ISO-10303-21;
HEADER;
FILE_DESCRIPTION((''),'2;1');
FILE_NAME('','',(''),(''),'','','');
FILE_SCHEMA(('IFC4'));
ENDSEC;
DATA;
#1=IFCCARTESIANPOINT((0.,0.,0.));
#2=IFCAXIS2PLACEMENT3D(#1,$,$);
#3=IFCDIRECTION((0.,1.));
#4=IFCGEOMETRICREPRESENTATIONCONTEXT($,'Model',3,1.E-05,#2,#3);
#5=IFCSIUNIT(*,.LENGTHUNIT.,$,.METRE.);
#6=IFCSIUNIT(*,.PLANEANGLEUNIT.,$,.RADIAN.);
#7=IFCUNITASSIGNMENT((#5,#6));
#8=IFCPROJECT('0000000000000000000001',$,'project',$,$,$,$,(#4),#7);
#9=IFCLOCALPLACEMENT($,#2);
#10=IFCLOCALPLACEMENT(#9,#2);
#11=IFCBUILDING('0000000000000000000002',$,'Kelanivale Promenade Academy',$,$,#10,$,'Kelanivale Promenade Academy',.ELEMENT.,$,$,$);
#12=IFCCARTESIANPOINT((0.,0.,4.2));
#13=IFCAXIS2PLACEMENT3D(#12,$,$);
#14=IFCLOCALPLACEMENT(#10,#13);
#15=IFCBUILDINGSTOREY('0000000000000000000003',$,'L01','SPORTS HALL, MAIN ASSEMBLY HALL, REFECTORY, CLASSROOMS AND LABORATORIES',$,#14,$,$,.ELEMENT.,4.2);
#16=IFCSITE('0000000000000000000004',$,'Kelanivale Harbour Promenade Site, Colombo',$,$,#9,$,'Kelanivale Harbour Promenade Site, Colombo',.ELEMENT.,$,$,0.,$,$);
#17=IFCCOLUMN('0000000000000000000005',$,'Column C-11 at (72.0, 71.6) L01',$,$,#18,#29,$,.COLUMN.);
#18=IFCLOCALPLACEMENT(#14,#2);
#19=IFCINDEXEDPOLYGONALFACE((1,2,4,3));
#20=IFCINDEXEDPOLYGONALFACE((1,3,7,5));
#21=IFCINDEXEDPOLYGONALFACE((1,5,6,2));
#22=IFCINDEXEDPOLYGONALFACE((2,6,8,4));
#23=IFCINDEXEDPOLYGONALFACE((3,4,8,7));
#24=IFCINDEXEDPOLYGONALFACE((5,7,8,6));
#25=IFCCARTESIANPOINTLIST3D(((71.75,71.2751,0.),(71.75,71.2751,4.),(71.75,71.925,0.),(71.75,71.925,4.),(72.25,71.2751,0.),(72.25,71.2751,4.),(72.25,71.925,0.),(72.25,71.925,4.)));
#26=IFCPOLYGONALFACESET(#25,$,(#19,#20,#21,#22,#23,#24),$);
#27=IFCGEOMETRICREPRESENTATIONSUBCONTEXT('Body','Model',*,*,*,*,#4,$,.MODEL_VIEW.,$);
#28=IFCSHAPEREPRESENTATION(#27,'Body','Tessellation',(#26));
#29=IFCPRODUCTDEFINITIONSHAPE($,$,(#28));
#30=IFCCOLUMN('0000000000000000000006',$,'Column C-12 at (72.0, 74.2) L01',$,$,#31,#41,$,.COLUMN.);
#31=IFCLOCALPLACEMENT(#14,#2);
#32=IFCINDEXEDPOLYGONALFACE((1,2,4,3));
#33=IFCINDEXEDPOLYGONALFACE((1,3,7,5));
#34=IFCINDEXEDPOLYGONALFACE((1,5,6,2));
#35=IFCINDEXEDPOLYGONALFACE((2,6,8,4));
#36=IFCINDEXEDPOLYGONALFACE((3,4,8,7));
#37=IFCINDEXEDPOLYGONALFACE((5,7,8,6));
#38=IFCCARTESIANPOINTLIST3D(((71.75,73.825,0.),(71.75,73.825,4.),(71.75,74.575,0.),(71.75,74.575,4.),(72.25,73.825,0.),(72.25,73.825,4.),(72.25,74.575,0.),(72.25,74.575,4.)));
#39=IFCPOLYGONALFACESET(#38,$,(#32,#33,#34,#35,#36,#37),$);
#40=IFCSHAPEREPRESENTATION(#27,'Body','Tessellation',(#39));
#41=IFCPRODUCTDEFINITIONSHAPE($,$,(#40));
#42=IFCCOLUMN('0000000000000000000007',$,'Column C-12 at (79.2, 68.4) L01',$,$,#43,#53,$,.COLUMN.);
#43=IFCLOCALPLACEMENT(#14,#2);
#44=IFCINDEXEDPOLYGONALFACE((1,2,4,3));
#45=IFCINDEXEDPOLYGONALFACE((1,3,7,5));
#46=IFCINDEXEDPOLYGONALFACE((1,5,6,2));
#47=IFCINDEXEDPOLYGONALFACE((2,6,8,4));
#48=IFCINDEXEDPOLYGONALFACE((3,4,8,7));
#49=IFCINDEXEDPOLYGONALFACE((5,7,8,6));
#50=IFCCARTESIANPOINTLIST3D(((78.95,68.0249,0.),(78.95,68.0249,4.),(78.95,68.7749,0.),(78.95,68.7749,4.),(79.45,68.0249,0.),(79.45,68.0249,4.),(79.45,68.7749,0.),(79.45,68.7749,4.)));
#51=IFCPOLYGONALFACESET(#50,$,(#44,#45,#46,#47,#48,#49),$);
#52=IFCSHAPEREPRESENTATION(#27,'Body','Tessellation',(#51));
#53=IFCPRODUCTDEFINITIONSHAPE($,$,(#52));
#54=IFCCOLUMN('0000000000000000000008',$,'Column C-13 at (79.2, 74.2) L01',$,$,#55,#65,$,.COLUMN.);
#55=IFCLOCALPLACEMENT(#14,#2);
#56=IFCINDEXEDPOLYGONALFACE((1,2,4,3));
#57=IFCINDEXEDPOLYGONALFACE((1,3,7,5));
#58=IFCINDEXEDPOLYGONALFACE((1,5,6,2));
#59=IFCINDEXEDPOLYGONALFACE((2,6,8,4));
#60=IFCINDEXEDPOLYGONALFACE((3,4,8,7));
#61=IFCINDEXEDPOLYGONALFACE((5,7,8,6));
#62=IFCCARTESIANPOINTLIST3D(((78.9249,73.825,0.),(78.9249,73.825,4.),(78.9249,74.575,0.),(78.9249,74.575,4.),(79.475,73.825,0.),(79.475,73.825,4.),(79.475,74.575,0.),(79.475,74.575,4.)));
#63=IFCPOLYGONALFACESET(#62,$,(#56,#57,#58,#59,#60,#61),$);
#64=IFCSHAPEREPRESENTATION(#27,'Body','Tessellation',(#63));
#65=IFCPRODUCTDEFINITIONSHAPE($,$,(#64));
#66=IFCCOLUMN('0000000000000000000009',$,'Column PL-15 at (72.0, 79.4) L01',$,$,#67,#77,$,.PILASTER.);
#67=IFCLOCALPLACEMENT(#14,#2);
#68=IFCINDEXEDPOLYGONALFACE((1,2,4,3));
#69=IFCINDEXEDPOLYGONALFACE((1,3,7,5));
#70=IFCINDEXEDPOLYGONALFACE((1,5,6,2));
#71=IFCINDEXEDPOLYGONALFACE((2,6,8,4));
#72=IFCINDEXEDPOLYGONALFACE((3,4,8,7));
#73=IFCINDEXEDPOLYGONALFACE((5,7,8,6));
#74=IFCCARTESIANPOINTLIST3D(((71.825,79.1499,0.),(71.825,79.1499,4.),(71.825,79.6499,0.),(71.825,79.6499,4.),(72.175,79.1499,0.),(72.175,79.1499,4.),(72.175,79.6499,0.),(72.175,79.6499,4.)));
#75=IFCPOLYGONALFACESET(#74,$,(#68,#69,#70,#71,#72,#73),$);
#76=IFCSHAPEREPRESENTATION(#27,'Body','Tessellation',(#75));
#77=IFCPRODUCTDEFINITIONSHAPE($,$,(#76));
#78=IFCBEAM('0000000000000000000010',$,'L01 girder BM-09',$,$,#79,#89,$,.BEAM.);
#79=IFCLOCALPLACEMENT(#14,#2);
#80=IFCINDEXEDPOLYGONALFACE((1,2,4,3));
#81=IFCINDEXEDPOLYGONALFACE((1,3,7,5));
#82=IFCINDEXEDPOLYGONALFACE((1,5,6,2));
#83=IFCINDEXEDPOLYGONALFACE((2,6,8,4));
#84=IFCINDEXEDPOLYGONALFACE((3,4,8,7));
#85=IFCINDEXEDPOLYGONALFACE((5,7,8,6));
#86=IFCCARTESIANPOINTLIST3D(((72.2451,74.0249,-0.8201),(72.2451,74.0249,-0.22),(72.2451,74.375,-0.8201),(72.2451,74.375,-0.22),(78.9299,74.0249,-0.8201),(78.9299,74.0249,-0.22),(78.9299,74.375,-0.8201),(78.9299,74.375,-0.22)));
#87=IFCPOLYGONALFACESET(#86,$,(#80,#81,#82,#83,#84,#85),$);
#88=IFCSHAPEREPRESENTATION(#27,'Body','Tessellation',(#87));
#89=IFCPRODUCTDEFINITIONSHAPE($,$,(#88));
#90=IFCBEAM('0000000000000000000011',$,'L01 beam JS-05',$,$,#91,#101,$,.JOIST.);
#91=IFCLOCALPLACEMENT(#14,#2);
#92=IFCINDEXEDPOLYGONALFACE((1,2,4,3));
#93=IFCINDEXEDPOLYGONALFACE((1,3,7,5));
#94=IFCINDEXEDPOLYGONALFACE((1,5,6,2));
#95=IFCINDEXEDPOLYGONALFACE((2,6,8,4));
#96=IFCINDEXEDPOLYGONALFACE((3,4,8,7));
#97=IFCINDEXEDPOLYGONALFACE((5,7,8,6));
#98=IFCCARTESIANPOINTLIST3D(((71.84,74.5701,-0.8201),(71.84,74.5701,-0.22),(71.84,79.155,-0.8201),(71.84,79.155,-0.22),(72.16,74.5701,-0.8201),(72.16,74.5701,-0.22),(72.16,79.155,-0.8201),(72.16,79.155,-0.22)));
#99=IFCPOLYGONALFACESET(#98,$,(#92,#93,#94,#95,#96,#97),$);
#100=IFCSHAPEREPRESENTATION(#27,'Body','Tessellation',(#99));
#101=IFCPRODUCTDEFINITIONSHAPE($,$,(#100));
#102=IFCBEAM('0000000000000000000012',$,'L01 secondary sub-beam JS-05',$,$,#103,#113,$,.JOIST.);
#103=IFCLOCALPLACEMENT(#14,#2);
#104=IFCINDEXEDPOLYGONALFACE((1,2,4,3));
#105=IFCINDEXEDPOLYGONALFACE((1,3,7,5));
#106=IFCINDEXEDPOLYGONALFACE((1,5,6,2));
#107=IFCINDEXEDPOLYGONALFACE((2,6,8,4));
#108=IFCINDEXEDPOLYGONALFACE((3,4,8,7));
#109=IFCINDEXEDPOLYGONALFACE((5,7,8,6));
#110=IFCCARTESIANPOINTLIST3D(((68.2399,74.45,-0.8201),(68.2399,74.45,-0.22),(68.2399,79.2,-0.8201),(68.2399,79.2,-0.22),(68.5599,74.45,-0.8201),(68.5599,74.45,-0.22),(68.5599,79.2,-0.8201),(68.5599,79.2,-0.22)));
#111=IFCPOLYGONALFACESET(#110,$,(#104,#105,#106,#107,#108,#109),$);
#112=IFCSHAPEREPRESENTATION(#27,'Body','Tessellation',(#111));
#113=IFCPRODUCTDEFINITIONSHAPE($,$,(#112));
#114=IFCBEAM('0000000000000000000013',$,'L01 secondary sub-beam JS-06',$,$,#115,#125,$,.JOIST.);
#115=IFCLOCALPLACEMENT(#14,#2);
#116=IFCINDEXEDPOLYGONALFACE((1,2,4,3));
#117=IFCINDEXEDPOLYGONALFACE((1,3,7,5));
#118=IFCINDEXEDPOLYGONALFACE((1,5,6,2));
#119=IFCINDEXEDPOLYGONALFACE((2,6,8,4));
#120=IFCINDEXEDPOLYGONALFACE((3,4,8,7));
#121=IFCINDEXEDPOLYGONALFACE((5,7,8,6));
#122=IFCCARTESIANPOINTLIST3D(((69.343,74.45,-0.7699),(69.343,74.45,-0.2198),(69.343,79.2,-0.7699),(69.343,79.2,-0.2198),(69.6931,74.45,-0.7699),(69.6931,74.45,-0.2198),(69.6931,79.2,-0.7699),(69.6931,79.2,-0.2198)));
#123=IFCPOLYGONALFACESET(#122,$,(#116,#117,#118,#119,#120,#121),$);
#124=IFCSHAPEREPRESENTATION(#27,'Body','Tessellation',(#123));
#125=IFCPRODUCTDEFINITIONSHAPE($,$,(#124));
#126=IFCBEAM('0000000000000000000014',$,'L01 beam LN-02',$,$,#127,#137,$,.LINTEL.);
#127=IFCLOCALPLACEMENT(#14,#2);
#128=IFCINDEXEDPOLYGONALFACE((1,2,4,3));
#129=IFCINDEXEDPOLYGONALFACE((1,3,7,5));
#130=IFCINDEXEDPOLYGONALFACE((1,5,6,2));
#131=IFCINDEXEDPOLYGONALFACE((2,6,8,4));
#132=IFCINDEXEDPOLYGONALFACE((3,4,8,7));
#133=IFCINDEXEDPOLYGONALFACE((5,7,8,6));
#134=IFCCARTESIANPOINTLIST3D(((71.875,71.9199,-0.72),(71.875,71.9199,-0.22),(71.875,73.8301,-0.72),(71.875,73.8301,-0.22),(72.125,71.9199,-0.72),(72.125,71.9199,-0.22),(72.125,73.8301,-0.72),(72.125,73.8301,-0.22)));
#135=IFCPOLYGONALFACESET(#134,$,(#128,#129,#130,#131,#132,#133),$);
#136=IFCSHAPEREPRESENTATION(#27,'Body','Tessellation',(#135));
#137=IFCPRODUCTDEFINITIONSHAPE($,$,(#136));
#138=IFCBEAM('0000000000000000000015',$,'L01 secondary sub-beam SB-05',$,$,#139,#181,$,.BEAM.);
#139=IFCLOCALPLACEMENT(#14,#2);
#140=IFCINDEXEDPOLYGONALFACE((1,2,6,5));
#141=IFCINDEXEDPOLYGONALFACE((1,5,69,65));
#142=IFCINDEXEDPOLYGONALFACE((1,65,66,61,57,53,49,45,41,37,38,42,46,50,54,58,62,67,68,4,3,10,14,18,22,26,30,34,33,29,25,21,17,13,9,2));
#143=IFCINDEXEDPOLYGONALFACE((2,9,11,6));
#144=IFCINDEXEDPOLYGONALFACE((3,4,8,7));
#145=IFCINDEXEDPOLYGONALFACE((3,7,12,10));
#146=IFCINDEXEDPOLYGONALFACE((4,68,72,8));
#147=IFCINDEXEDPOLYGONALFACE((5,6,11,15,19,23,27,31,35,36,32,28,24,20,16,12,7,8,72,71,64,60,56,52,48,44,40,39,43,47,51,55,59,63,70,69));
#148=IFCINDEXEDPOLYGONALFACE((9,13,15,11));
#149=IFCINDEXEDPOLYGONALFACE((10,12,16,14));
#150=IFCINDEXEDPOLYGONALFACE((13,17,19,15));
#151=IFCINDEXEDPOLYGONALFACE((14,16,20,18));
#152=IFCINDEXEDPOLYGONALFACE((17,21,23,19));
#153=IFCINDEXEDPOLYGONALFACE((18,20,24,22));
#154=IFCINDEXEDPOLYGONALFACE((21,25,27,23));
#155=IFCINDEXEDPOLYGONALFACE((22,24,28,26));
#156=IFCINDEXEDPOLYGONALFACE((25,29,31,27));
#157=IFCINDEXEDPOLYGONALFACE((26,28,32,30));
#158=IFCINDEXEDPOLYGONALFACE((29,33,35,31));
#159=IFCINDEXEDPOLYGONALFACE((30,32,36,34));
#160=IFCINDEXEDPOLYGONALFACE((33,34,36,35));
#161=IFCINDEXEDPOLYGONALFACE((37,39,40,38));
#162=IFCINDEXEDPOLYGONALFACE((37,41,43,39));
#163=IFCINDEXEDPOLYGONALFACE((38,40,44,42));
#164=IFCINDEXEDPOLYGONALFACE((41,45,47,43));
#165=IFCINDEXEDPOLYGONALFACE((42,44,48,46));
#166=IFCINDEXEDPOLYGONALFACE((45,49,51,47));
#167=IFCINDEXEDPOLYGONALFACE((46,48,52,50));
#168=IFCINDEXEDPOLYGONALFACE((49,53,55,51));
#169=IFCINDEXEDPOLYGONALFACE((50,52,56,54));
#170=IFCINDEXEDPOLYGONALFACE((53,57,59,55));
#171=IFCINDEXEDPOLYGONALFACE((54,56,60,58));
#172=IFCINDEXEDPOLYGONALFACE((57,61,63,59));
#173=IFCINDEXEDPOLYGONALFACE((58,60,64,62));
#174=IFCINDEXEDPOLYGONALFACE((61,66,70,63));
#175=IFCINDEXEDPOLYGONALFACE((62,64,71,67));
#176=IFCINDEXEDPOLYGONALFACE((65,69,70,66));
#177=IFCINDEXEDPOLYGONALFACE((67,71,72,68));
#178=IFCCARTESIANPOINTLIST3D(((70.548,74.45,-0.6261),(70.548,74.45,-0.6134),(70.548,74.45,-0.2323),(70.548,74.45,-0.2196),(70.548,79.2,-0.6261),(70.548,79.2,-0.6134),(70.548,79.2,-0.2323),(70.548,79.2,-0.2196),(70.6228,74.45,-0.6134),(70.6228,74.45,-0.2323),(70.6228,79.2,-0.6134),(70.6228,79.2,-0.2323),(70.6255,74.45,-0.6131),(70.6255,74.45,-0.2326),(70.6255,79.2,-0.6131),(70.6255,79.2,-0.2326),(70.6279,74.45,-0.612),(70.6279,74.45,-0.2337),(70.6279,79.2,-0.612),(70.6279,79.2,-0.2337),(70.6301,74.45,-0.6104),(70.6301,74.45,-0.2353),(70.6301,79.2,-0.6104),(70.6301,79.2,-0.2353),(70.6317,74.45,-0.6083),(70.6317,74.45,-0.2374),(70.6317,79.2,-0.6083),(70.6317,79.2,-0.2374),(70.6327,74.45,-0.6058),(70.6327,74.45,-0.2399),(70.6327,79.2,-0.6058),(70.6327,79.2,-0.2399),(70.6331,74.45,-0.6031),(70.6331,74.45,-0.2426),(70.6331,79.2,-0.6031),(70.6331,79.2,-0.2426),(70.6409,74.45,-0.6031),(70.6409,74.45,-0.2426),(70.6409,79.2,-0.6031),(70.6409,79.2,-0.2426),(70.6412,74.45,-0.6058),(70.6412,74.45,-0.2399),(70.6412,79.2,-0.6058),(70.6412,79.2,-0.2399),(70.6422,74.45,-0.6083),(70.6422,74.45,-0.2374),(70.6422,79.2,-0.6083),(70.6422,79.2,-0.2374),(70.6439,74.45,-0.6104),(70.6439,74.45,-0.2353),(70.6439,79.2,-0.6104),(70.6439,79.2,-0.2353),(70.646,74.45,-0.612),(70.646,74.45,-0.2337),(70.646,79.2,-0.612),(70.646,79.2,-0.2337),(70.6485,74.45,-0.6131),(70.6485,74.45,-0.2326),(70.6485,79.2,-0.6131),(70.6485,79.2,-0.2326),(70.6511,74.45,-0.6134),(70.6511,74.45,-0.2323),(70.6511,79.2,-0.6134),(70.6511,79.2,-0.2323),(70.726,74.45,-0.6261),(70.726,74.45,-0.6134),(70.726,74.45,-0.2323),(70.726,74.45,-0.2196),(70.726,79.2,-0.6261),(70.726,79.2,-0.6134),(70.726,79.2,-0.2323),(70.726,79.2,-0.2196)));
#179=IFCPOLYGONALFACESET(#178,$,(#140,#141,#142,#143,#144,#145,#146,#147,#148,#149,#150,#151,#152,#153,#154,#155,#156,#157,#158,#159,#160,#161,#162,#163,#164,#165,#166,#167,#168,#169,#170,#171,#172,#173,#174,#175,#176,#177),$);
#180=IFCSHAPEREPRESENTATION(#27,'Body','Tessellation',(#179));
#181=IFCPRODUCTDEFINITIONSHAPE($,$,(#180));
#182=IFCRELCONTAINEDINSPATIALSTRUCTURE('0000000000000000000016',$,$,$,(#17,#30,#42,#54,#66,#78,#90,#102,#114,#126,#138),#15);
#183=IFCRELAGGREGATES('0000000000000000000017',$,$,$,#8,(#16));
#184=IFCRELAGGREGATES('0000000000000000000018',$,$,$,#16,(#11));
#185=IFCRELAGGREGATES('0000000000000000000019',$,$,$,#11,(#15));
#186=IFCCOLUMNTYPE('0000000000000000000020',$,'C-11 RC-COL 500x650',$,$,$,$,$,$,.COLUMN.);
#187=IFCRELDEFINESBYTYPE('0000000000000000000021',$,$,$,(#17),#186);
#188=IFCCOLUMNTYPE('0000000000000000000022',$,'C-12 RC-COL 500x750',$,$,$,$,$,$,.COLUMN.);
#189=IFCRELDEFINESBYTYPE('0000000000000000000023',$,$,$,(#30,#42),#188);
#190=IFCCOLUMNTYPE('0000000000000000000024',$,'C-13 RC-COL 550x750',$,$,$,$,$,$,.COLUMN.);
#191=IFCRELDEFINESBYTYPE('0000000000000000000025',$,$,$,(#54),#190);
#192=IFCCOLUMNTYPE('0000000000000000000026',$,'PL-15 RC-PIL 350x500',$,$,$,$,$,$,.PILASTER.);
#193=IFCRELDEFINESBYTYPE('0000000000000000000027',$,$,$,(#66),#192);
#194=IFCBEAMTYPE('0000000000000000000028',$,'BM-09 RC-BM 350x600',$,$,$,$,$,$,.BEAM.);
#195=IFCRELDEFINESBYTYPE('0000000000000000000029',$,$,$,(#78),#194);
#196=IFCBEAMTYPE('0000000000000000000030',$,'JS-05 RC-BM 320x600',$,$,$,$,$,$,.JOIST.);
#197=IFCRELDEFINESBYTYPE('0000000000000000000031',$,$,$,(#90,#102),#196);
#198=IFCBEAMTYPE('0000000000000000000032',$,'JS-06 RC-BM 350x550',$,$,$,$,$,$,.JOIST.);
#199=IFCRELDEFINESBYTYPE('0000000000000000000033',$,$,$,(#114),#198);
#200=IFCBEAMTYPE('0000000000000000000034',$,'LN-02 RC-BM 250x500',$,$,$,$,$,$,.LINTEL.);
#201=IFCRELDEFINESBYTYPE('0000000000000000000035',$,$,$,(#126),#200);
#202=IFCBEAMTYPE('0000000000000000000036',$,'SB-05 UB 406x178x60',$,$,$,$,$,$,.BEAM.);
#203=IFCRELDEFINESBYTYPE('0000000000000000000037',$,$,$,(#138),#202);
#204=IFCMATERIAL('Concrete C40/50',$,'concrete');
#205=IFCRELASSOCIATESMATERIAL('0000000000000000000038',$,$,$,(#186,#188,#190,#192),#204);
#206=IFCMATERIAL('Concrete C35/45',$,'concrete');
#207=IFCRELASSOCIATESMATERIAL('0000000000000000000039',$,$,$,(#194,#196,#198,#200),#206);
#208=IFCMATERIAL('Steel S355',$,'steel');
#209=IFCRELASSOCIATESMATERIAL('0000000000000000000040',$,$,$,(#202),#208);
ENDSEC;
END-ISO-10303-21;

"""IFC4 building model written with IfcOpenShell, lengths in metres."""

from ifc_helpers import new_model, si_unit, direction, frame, origin, origin_2d, place, context, subcontext, project, spatial, rectangle, i_section, extrude, material, material_profile, profile_set, type_object, element, save


model = new_model("IFC4")

# Units and contexts
model_context = context("Model", 3, precision=1e-05, world=origin(), true_north=direction((0.0, 1.0)))
body_context = subcontext(model_context, "Body", "Model", "MODEL_VIEW")
ifc_project = project(units=[si_unit("LENGTHUNIT", "METRE"), si_unit("PLANEANGLEUNIT", "RADIAN")], contexts=[model_context])

# Site, building, storey
site_placement = place(None, origin())
site = spatial("IfcSite", under=ifc_project, at=site_placement, Name="Kelanivale Harbour Promenade Site, Colombo", LongName="Kelanivale Harbour Promenade Site, Colombo", CompositionType="ELEMENT", RefElevation=0.0)
building_placement = place(site_placement, origin())
building = spatial("IfcBuilding", under=site, at=building_placement, Name="Kelanivale Promenade Academy", LongName="Kelanivale Promenade Academy", CompositionType="ELEMENT")
storey_placement = place(building_placement, frame((0.0, 0.0, 4.2)))
storey = spatial("IfcBuildingStorey", under=building, at=storey_placement, Name="L01", Description="SPORTS HALL, MAIN ASSEMBLY HALL, REFECTORY, CLASSROOMS AND LABORATORIES", CompositionType="ELEMENT", Elevation=4.2)

# Columns
ifc_material_1 = material(Name="Concrete C40/50", Category="concrete")
ifc_material_profile_1 = material_profile(ifc_material_1, rectangle(XDim=0.5, YDim=0.6499, at=origin_2d()), Name="RC-COL 500x650")
ifc_profile_set_1 = profile_set([ifc_material_profile_1], Name="Concrete C40/50")
column_type_1 = type_object("IfcColumnType", Name="C-11 RC-COL 500x650", PredefinedType="COLUMN", material=ifc_profile_set_1)
column_1_placement = place(storey_placement, frame((72.0, 71.6001, 0.0), z_axis=(0.0, 0.0, 1.0), x_axis=(1.0, 0.0, 0.0)))
element("IfcColumn", 1, at=column_1_placement, inside=storey, type_object=column_type_1, Name="Column C-11 at (72.0, 71.6) L01", PredefinedType="COLUMN", context=body_context, shape_type="SweptSolid", body=[
    extrude(rectangle(XDim=0.5, YDim=0.6499, at=origin_2d()), origin(), (0.0, 0.0, 1.0), 4.0),
])
ifc_material_profile_2 = material_profile(ifc_material_1, rectangle(XDim=0.5, YDim=0.75, at=origin_2d()), Name="RC-COL 500x750")
ifc_profile_set_2 = profile_set([ifc_material_profile_2], Name="Concrete C40/50")
column_type_2 = type_object("IfcColumnType", Name="C-12 RC-COL 500x750", PredefinedType="COLUMN", material=ifc_profile_set_2)
for number, where, z_axis, x_axis, name in (
    (2, (72.0, 74.2, 0.0), (0.0, 0.0, 1.0), (1.0, 0.0, 0.0), "Column C-12 at (72.0, 74.2) L01"),
    (3, (79.2, 68.3999, 0.0), (0.0, 0.0, 1.0), (1.0, 0.0, 0.0), "Column C-12 at (79.2, 68.4) L01"),
):
    element("IfcColumn", number, at=place(storey_placement, frame(where, z_axis=z_axis, x_axis=x_axis)), inside=storey, type_object=column_type_2, Name=name, PredefinedType="COLUMN", context=body_context, shape_type="SweptSolid", body=[
        extrude(rectangle(XDim=0.5, YDim=0.75, at=origin_2d()), origin(), (0.0, 0.0, 1.0), 4.0),
    ])
ifc_material_profile_3 = material_profile(ifc_material_1, rectangle(XDim=0.55, YDim=0.75, at=origin_2d()), Name="RC-COL 550x750")
ifc_profile_set_3 = profile_set([ifc_material_profile_3], Name="Concrete C40/50")
column_type_3 = type_object("IfcColumnType", Name="C-13 RC-COL 550x750", PredefinedType="COLUMN", material=ifc_profile_set_3)
column_2_placement = place(storey_placement, frame((79.2, 74.2, 0.0), z_axis=(0.0, 0.0, 1.0), x_axis=(1.0, 0.0, 0.0)))
element("IfcColumn", 4, at=column_2_placement, inside=storey, type_object=column_type_3, Name="Column C-13 at (79.2, 74.2) L01", PredefinedType="COLUMN", context=body_context, shape_type="SweptSolid", body=[
    extrude(rectangle(XDim=0.55, YDim=0.75, at=origin_2d()), origin(), (0.0, 0.0, 1.0), 4.0),
])
ifc_material_profile_4 = material_profile(ifc_material_1, rectangle(XDim=0.3501, YDim=0.5, at=origin_2d()), Name="RC-PIL 350x500")
ifc_profile_set_4 = profile_set([ifc_material_profile_4], Name="Concrete C40/50")
column_type_4 = type_object("IfcColumnType", Name="PL-15 RC-PIL 350x500", PredefinedType="PILASTER", material=ifc_profile_set_4)
column_3_placement = place(storey_placement, frame((72.0, 79.3999, 0.0), z_axis=(0.0, 0.0, 1.0), x_axis=(1.0, 0.0, 0.0)))
element("IfcColumn", 5, at=column_3_placement, inside=storey, type_object=column_type_4, Name="Column PL-15 at (72.0, 79.4) L01", PredefinedType="PILASTER", context=body_context, shape_type="SweptSolid", body=[
    extrude(rectangle(XDim=0.3501, YDim=0.5, at=origin_2d()), origin(), (0.0, 0.0, 1.0), 4.0),
])

# Beams
ifc_material_2 = material(Name="Concrete C35/45", Category="concrete")
ifc_material_profile_5 = material_profile(ifc_material_2, rectangle(XDim=0.3501, YDim=0.6001, at=origin_2d()), Name="RC-BM 350x600")
ifc_profile_set_5 = profile_set([ifc_material_profile_5], Name="Concrete C35/45")
beam_type_1 = type_object("IfcBeamType", Name="BM-09 RC-BM 350x600", PredefinedType="BEAM", material=ifc_profile_set_5)
beam_1_placement = place(storey_placement, frame((72.2451, 74.2, -0.52), z_axis=(1.0, 0.0, 0.0), x_axis=(0.0, 1.0, 0.0)))
element("IfcBeam", 6, at=beam_1_placement, inside=storey, type_object=beam_type_1, Name="L01 girder BM-09", PredefinedType="BEAM", context=body_context, shape_type="SweptSolid", body=[
    extrude(rectangle(XDim=0.3501, YDim=0.6001, at=origin_2d()), origin(), (0.0, 0.0, 1.0), 6.6848),
])
ifc_material_profile_6 = material_profile(ifc_material_2, rectangle(XDim=0.3201, YDim=0.6001, at=origin_2d()), Name="RC-BM 320x600")
ifc_profile_set_6 = profile_set([ifc_material_profile_6], Name="Concrete C35/45")
beam_type_2 = type_object("IfcBeamType", Name="JS-05 RC-BM 320x600", PredefinedType="JOIST", material=ifc_profile_set_6)
beam_2_placement = place(storey_placement, frame((72.0, 74.5701, -0.52), z_axis=(0.0, 1.0, 0.0), x_axis=(-1.0, 0.0, 0.0)))
element("IfcBeam", 7, at=beam_2_placement, inside=storey, type_object=beam_type_2, Name="L01 beam JS-05", PredefinedType="JOIST", context=body_context, shape_type="SweptSolid", body=[
    extrude(rectangle(XDim=0.3201, YDim=0.6001, at=origin_2d()), origin(), (0.0, 0.0, 1.0), 4.585),
])
beam_3_placement = place(storey_placement, frame((68.3999, 74.45, -0.52), z_axis=(0.0, 1.0, 0.0), x_axis=(-1.0, 0.0, 0.0)))
element("IfcBeam", 8, at=beam_3_placement, inside=storey, type_object=beam_type_2, Name="L01 secondary sub-beam JS-05", PredefinedType="JOIST", context=body_context, shape_type="SweptSolid", body=[
    extrude(rectangle(XDim=0.3201, YDim=0.6001, at=origin_2d()), origin(), (0.0, 0.0, 1.0), 4.75),
])
ifc_material_profile_7 = material_profile(ifc_material_2, rectangle(XDim=0.3501, YDim=0.55, at=origin_2d()), Name="RC-BM 350x550")
ifc_profile_set_7 = profile_set([ifc_material_profile_7], Name="Concrete C35/45")
beam_type_3 = type_object("IfcBeamType", Name="JS-06 RC-BM 350x550", PredefinedType="JOIST", material=ifc_profile_set_7)
beam_4_placement = place(storey_placement, frame((69.5181, 74.45, -0.4949), z_axis=(0.0, 1.0, 0.0), x_axis=(-1.0, 0.0, 0.0)))
element("IfcBeam", 9, at=beam_4_placement, inside=storey, type_object=beam_type_3, Name="L01 secondary sub-beam JS-06", PredefinedType="JOIST", context=body_context, shape_type="SweptSolid", body=[
    extrude(rectangle(XDim=0.3501, YDim=0.55, at=origin_2d()), origin(), (0.0, 0.0, 1.0), 4.75),
])
ifc_material_profile_8 = material_profile(ifc_material_2, rectangle(XDim=0.25, YDim=0.5, at=origin_2d()), Name="RC-BM 250x500")
ifc_profile_set_8 = profile_set([ifc_material_profile_8], Name="Concrete C35/45")
beam_type_4 = type_object("IfcBeamType", Name="LN-02 RC-BM 250x500", PredefinedType="LINTEL", material=ifc_profile_set_8)
beam_5_placement = place(storey_placement, frame((72.0, 71.9199, -0.47), z_axis=(0.0, 1.0, 0.0), x_axis=(-1.0, 0.0, 0.0)))
element("IfcBeam", 10, at=beam_5_placement, inside=storey, type_object=beam_type_4, Name="L01 beam LN-02", PredefinedType="LINTEL", context=body_context, shape_type="SweptSolid", body=[
    extrude(rectangle(XDim=0.25, YDim=0.5, at=origin_2d()), origin(), (0.0, 0.0, 1.0), 1.9102),
])
ifc_material_3 = material(Name="Steel S355", Category="steel")
ifc_material_profile_9 = material_profile(ifc_material_3, i_section(OverallWidth=0.178, OverallDepth=0.4065, WebThickness=0.0078, FlangeThickness=0.0127, FilletRadius=0.0103, at=origin_2d()), Name="UB 406x178x60")
ifc_profile_set_9 = profile_set([ifc_material_profile_9], Name="Steel S355")
beam_type_5 = type_object("IfcBeamType", Name="SB-05 UB 406x178x60", PredefinedType="BEAM", material=ifc_profile_set_9)
beam_6_placement = place(storey_placement, frame((70.637, 74.45, -0.4229), z_axis=(0.0, 1.0, 0.0), x_axis=(-1.0, 0.0, 0.0)))
element("IfcBeam", 11, at=beam_6_placement, inside=storey, type_object=beam_type_5, Name="L01 secondary sub-beam SB-05", PredefinedType="BEAM", context=body_context, shape_type="SweptSolid", body=[
    extrude(i_section(OverallWidth=0.178, OverallDepth=0.4065, WebThickness=0.0078, FlangeThickness=0.0127, FilletRadius=0.0103, at=origin_2d()), origin(), (0.0, 0.0, 1.0), 4.75),
])

save(model, "model.ifc")
